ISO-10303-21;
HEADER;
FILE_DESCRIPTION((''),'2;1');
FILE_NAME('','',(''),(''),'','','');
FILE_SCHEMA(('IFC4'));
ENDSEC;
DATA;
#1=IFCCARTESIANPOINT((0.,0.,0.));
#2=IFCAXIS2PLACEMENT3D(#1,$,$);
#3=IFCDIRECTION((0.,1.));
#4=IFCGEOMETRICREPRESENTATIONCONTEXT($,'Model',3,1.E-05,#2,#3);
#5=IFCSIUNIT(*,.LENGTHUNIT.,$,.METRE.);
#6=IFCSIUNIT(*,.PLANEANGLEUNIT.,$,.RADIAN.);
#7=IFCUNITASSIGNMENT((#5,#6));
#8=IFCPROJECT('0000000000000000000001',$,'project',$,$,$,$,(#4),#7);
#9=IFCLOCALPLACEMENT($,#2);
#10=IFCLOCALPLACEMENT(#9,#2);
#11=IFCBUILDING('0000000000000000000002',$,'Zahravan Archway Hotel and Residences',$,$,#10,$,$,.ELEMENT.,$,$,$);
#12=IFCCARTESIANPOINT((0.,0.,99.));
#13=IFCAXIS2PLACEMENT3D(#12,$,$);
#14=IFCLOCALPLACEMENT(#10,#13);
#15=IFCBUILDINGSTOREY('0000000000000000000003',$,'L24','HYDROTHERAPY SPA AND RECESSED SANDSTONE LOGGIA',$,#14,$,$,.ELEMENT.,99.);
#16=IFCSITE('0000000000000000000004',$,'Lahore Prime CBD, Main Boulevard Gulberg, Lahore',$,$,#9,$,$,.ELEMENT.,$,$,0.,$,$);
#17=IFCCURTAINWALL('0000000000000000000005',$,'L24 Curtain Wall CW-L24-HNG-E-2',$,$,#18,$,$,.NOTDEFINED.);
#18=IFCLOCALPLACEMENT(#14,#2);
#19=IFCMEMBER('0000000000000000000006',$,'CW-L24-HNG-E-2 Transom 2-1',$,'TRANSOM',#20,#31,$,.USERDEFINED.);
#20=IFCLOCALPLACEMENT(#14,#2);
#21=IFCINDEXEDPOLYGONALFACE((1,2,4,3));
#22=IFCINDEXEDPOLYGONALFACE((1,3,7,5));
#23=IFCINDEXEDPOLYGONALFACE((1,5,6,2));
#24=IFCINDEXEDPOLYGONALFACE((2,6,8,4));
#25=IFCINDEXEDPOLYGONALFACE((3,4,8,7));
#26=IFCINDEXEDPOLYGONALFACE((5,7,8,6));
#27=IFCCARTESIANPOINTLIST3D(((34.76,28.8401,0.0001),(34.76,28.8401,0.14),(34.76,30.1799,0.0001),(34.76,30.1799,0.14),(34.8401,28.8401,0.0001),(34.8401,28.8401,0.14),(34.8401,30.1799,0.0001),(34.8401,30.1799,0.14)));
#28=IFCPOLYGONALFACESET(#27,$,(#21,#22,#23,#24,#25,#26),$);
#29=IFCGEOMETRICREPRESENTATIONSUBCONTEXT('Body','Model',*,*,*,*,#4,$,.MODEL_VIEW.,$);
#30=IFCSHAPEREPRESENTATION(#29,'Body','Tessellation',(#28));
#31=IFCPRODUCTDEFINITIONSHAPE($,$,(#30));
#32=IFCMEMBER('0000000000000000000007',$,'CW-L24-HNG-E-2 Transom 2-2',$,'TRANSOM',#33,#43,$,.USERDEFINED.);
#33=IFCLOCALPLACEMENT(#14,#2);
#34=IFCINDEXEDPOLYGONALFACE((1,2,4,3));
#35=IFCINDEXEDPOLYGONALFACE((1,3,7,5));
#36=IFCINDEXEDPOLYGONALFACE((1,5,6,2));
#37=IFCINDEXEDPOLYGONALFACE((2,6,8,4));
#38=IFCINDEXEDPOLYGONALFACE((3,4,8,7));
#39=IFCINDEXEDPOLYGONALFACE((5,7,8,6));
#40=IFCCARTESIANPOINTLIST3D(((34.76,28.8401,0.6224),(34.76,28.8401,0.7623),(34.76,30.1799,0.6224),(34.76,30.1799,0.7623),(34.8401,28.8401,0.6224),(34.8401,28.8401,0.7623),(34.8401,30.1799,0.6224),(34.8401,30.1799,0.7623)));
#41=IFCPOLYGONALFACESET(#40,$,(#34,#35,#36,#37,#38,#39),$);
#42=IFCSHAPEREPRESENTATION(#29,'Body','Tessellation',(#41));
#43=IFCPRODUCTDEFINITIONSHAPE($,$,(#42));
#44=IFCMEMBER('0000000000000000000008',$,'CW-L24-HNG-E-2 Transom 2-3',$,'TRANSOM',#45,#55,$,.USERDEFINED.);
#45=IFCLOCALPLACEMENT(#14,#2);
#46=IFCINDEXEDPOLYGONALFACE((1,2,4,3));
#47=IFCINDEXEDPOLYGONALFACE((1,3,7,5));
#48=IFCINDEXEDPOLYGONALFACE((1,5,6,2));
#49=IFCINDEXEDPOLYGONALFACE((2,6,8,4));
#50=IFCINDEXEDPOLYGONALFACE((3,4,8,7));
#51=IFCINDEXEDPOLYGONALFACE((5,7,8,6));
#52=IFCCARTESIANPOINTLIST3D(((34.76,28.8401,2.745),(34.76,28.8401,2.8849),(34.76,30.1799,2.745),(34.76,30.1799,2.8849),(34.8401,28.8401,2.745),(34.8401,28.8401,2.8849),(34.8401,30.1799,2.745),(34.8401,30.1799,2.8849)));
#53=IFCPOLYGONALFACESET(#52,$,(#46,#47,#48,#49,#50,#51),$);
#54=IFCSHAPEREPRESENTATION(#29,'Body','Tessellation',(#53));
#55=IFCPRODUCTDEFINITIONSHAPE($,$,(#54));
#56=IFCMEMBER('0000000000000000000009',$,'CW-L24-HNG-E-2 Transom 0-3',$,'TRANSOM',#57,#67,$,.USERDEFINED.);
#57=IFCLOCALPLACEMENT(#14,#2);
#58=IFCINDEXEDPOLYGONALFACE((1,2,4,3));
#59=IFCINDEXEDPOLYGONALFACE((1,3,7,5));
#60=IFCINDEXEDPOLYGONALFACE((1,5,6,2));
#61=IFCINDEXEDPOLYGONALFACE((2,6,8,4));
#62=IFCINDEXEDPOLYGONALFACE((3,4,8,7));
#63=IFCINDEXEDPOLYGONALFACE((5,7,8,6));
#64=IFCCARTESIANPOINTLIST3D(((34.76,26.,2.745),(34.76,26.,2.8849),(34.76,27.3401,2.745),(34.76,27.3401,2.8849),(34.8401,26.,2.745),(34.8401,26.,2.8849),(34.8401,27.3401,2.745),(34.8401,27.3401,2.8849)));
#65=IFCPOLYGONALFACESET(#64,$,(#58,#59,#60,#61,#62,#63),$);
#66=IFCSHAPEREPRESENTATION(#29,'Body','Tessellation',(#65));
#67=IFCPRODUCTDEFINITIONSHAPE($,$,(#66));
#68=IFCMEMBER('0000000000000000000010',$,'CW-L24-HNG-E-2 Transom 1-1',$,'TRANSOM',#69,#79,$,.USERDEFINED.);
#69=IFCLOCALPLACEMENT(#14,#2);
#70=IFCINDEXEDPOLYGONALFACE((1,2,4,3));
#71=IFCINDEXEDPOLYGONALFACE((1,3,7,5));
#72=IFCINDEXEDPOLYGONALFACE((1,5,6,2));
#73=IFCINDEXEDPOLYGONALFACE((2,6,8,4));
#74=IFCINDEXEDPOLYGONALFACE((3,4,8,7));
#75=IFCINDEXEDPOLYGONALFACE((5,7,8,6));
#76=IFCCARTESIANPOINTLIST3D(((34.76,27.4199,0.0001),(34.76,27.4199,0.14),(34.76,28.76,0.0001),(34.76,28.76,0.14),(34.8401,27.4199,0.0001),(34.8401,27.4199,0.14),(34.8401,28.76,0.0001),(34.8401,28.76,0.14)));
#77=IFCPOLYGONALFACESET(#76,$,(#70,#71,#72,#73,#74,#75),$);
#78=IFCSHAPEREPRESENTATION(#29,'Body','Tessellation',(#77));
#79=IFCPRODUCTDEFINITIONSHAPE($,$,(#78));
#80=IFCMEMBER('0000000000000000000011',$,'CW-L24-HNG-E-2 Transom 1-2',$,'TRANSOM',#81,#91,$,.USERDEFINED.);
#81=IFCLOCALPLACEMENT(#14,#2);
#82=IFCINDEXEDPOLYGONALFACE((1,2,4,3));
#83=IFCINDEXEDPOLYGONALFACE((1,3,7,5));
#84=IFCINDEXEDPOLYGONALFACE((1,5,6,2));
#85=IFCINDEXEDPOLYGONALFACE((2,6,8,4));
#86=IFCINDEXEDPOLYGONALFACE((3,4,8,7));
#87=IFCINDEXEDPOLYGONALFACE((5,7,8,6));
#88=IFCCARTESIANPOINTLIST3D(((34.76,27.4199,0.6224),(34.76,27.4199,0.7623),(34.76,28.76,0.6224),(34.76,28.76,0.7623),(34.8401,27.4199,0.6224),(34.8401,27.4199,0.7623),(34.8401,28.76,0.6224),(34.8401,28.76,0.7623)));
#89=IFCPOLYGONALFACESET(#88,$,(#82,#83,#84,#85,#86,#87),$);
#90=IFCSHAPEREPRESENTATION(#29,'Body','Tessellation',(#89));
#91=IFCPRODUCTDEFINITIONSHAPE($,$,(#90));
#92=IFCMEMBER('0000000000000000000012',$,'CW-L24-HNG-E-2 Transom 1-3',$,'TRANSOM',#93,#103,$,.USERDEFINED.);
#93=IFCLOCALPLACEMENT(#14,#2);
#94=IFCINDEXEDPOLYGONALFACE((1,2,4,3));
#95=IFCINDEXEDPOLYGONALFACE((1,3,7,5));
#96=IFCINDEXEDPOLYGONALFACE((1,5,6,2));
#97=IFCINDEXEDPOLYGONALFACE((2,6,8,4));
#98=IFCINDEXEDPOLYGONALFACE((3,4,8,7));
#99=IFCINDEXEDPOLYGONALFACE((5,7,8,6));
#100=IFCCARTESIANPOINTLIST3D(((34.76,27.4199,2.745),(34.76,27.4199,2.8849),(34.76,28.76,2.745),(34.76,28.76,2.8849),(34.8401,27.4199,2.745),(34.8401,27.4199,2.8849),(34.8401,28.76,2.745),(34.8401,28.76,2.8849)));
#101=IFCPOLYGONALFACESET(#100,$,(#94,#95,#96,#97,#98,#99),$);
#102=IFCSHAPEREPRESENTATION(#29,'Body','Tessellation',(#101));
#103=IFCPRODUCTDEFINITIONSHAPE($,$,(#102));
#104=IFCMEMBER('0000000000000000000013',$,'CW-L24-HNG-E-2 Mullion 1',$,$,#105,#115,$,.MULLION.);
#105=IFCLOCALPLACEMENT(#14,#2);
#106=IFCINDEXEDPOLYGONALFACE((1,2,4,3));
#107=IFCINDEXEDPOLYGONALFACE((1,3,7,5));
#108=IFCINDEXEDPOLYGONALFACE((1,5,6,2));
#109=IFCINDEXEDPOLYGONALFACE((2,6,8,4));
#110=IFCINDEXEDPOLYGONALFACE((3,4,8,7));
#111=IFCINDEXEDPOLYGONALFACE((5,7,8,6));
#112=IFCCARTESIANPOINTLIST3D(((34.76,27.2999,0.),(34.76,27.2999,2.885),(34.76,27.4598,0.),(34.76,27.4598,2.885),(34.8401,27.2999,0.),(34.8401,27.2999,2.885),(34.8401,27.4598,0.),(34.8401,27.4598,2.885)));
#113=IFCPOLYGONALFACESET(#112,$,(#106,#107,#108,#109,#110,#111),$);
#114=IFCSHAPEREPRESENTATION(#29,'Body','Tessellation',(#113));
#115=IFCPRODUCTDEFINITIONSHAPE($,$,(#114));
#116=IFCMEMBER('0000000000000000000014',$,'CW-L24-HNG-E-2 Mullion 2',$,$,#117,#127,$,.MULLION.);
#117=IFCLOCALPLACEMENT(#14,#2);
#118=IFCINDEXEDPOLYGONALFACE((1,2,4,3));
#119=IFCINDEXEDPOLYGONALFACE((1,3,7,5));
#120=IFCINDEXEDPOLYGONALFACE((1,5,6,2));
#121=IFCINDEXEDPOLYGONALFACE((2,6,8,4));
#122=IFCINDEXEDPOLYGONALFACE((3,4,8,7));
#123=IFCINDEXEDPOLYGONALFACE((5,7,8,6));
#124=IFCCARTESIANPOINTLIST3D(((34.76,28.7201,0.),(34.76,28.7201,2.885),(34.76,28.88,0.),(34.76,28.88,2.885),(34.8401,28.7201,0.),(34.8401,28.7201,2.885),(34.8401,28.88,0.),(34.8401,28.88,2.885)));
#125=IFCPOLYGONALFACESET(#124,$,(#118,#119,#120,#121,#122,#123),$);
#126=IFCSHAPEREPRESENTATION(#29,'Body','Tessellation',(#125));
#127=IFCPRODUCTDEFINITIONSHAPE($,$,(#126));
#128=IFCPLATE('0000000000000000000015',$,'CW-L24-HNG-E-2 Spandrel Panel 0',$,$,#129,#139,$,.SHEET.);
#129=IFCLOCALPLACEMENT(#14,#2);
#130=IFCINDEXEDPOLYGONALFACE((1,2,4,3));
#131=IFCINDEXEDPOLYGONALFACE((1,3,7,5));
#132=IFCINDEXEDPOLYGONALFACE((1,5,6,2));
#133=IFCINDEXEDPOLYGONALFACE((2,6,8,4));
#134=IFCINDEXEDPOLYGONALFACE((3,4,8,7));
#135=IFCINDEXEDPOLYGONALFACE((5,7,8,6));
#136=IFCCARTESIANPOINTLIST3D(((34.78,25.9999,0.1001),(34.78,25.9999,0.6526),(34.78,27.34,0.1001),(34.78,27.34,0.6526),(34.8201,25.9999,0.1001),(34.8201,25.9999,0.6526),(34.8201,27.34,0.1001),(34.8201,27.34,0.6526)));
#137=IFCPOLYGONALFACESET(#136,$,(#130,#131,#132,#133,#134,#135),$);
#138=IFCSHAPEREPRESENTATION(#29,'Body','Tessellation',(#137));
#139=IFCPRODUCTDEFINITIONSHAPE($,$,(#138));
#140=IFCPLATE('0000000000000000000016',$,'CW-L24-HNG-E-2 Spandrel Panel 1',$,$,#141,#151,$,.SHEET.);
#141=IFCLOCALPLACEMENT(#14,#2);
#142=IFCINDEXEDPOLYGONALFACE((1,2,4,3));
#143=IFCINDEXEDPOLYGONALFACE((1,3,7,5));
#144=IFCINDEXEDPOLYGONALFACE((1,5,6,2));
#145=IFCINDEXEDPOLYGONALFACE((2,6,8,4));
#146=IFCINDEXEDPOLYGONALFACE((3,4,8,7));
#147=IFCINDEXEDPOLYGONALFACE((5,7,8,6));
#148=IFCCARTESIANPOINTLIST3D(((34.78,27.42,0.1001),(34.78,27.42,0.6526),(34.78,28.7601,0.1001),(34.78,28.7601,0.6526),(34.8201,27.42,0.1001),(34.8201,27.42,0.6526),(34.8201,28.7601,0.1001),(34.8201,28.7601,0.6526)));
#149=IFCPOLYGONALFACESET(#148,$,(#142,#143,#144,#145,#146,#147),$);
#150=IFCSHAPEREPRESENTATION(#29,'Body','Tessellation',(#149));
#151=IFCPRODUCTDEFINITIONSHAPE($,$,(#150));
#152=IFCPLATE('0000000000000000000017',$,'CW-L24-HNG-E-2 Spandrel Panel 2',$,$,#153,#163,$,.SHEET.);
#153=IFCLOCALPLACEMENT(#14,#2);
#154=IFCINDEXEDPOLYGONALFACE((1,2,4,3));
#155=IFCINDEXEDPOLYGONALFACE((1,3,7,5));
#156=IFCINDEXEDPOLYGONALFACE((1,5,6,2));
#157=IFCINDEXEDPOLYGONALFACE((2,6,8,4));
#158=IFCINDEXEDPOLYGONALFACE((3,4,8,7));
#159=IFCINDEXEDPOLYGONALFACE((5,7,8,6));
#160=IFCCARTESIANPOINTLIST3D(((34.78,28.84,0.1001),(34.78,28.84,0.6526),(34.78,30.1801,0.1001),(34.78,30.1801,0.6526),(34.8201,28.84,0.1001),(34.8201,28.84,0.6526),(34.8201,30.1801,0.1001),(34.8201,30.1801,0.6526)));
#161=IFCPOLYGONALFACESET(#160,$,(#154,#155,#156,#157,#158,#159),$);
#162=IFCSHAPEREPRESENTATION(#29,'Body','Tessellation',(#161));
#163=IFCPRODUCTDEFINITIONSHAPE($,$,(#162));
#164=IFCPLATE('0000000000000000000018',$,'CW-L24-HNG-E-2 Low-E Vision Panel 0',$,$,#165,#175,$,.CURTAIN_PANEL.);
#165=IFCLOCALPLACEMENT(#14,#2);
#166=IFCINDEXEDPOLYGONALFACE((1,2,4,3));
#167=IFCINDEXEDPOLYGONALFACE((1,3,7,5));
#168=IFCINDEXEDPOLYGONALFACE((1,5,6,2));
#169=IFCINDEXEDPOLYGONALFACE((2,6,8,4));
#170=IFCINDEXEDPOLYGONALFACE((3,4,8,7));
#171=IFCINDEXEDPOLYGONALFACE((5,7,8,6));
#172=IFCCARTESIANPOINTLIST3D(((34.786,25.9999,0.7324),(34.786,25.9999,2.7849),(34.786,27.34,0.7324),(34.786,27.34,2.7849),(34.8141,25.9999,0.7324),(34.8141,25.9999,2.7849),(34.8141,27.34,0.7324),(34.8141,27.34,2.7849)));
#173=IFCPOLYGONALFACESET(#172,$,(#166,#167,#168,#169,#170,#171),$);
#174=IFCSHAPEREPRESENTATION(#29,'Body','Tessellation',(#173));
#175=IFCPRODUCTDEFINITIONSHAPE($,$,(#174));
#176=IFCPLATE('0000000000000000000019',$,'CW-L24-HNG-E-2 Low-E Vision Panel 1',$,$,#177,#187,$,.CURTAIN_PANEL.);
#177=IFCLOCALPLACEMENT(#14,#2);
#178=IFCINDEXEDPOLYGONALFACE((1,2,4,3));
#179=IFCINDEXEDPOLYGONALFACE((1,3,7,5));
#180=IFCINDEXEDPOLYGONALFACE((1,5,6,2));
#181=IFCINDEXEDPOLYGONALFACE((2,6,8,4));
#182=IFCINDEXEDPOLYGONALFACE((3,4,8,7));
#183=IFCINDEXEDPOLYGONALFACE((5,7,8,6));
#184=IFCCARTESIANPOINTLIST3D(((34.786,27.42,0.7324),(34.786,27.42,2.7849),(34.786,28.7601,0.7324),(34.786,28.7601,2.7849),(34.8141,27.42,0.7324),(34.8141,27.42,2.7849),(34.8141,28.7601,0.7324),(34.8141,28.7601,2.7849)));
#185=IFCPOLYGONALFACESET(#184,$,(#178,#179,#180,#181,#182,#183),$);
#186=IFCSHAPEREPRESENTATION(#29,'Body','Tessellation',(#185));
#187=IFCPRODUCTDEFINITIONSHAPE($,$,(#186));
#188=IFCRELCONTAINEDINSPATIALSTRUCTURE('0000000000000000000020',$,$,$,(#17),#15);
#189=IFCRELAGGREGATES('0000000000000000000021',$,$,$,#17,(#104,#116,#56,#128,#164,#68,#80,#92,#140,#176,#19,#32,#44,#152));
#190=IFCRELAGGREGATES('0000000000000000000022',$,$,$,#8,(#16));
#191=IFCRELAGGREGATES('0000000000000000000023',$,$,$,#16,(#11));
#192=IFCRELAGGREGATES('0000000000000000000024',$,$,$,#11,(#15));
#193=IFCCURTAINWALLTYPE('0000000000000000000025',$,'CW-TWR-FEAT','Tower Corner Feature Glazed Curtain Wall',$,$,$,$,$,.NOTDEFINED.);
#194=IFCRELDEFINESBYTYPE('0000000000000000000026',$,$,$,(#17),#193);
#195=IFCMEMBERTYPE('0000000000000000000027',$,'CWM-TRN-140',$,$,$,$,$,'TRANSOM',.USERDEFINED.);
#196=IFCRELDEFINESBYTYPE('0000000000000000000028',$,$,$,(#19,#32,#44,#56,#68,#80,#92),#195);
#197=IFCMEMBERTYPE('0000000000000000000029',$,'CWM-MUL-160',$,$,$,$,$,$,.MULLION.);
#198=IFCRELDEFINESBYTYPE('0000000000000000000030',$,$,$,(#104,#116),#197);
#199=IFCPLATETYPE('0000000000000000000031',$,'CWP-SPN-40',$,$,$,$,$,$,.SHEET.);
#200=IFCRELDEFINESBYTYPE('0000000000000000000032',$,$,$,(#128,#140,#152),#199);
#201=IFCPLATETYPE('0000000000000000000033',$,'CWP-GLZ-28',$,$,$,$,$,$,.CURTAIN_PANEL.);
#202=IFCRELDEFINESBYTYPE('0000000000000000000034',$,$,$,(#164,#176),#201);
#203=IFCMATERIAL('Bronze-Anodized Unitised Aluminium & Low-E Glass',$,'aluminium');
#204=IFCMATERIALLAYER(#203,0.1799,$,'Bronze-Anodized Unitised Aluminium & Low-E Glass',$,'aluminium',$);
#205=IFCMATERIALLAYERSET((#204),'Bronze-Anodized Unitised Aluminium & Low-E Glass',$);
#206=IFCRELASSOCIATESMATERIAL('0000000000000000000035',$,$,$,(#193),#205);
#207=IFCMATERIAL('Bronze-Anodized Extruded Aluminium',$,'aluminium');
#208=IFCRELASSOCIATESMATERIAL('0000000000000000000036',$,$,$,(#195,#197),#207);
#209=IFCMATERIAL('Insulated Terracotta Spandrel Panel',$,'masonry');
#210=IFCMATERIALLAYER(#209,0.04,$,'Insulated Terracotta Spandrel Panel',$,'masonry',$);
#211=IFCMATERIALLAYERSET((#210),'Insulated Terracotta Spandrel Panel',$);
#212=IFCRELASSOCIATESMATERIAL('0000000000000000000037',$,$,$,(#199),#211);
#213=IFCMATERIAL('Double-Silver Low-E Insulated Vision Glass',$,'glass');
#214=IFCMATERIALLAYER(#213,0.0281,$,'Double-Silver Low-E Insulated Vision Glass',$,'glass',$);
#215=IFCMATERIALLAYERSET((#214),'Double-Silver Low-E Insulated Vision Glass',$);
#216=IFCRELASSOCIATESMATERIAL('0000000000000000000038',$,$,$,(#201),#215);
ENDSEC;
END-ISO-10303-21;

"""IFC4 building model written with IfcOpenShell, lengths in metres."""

from ifc_helpers import new_model, si_unit, direction, frame, origin, origin_2d, place, context, subcontext, project, spatial, rectangle, extrude, source, transform, mapped, material, layer, layer_set, material_profile, profile_set, type_object, element, aggregate, save


model = new_model("IFC4")

# Units and contexts
model_context = context("Model", 3, precision=1e-05, world=origin(), true_north=direction((0.0, 1.0)))
body_context = subcontext(model_context, "Body", "Model", "MODEL_VIEW")
ifc_project = project(units=[si_unit("LENGTHUNIT", "METRE"), si_unit("PLANEANGLEUNIT", "RADIAN")], contexts=[model_context])

# Site, building, storey
site_placement = place(None, origin())
site = spatial("IfcSite", under=ifc_project, at=site_placement, Name="Lahore Prime CBD, Main Boulevard Gulberg, Lahore", CompositionType="ELEMENT", RefElevation=0.0)
building_placement = place(site_placement, origin())
building = spatial("IfcBuilding", under=site, at=building_placement, Name="Zahravan Archway Hotel and Residences", CompositionType="ELEMENT")
storey_placement = place(building_placement, frame((0.0, 0.0, 99.0)))
storey = spatial("IfcBuildingStorey", under=building, at=storey_placement, Name="L24", Description="HYDROTHERAPY SPA AND RECESSED SANDSTONE LOGGIA", CompositionType="ELEMENT", Elevation=99.0)

# Curtain wall, members, plates
ifc_material_1 = material(Name="Bronze-Anodized Unitised Aluminium & Low-E Glass", Category="aluminium")
ifc_layer_1 = layer(ifc_material_1, 0.1799, Name="Bronze-Anodized Unitised Aluminium & Low-E Glass", Category="aluminium")
ifc_layer_set_1 = layer_set([ifc_layer_1], Name="Bronze-Anodized Unitised Aluminium & Low-E Glass")
curtain_wall_type = type_object("IfcCurtainWallType", Name="CW-TWR-FEAT", Description="Tower Corner Feature Glazed Curtain Wall", PredefinedType="NOTDEFINED", material=ifc_layer_set_1)
curtain_wall_placement = place(storey_placement, origin())
curtain_wall = element("IfcCurtainWall", 1, at=curtain_wall_placement, inside=storey, type_object=curtain_wall_type, Name="L24 Curtain Wall CW-L24-HNG-E-2", PredefinedType="NOTDEFINED")
ifc_material_2 = material(Name="Bronze-Anodized Extruded Aluminium", Category="aluminium")
ifc_material_profile_1 = material_profile(ifc_material_2, rectangle(XDim=0.0801, YDim=0.1399, at=origin_2d()), Name="TRN 80x140", Category="aluminium")
ifc_profile_set_1 = profile_set([ifc_material_profile_1], Name="Bronze-Anodized Extruded Aluminium")
member_type_1 = type_object("IfcMemberType", Name="CWM-TRN-140", ElementType="TRANSOM", PredefinedType="USERDEFINED", material=ifc_profile_set_1)
shared_shape_1 = source(origin(), body_context, "Body", "SweptSolid", [
    extrude(rectangle(XDim=0.0801, YDim=0.1399, at=origin_2d()), origin(), (0.0, 0.0, 1.0), 1.3398),
])
member_1_placement = place(storey_placement, frame((34.8, 28.8401, 0.0701), z_axis=(0.0, 1.0, 0.0), x_axis=(-1.0, 0.0, 0.0)))
member_1 = element("IfcMember", 2, at=member_1_placement, type_object=member_type_1, Name="CW-L24-HNG-E-2 Transom 2-1", ObjectType="TRANSOM", PredefinedType="USERDEFINED", context=body_context, shape_type="MappedRepresentation", body=[
    mapped(shared_shape_1, transform((0.0, 0.0, 0.0), scale=1.0)),
])
member_2_placement = place(storey_placement, frame((34.8, 28.8401, 0.6924), z_axis=(0.0, 1.0, 0.0), x_axis=(-1.0, 0.0, 0.0)))
member_2 = element("IfcMember", 3, at=member_2_placement, type_object=member_type_1, Name="CW-L24-HNG-E-2 Transom 2-2", ObjectType="TRANSOM", PredefinedType="USERDEFINED", context=body_context, shape_type="MappedRepresentation", body=[
    mapped(shared_shape_1, transform((0.0, 0.0, 0.0), scale=1.0)),
])
member_3_placement = place(storey_placement, frame((34.8, 28.8401, 2.8149), z_axis=(0.0, 1.0, 0.0), x_axis=(-1.0, 0.0, 0.0)))
member_3 = element("IfcMember", 4, at=member_3_placement, type_object=member_type_1, Name="CW-L24-HNG-E-2 Transom 2-3", ObjectType="TRANSOM", PredefinedType="USERDEFINED", context=body_context, shape_type="MappedRepresentation", body=[
    mapped(shared_shape_1, transform((0.0, 0.0, 0.0), scale=1.0)),
])
shared_shape_2 = source(origin(), body_context, "Body", "SweptSolid", [
    extrude(rectangle(XDim=0.0801, YDim=0.1399, at=origin_2d()), origin(), (0.0, 0.0, 1.0), 1.3401),
])
member_4_placement = place(storey_placement, frame((34.8, 26.0, 2.8149), z_axis=(0.0, 1.0, 0.0), x_axis=(-1.0, 0.0, 0.0)))
member_4 = element("IfcMember", 5, at=member_4_placement, type_object=member_type_1, Name="CW-L24-HNG-E-2 Transom 0-3", ObjectType="TRANSOM", PredefinedType="USERDEFINED", context=body_context, shape_type="MappedRepresentation", body=[
    mapped(shared_shape_2, transform((0.0, 0.0, 0.0), scale=1.0)),
])
member_5_placement = place(storey_placement, frame((34.8, 27.4199, 0.0701), z_axis=(0.0, 1.0, 0.0), x_axis=(-1.0, 0.0, 0.0)))
member_5 = element("IfcMember", 6, at=member_5_placement, type_object=member_type_1, Name="CW-L24-HNG-E-2 Transom 1-1", ObjectType="TRANSOM", PredefinedType="USERDEFINED", context=body_context, shape_type="MappedRepresentation", body=[
    mapped(shared_shape_2, transform((0.0, 0.0, 0.0), scale=1.0)),
])
member_6_placement = place(storey_placement, frame((34.8, 27.4199, 0.6924), z_axis=(0.0, 1.0, 0.0), x_axis=(-1.0, 0.0, 0.0)))
member_6 = element("IfcMember", 7, at=member_6_placement, type_object=member_type_1, Name="CW-L24-HNG-E-2 Transom 1-2", ObjectType="TRANSOM", PredefinedType="USERDEFINED", context=body_context, shape_type="MappedRepresentation", body=[
    mapped(shared_shape_2, transform((0.0, 0.0, 0.0), scale=1.0)),
])
member_7_placement = place(storey_placement, frame((34.8, 27.4199, 2.8149), z_axis=(0.0, 1.0, 0.0), x_axis=(-1.0, 0.0, 0.0)))
member_7 = element("IfcMember", 8, at=member_7_placement, type_object=member_type_1, Name="CW-L24-HNG-E-2 Transom 1-3", ObjectType="TRANSOM", PredefinedType="USERDEFINED", context=body_context, shape_type="MappedRepresentation", body=[
    mapped(shared_shape_2, transform((0.0, 0.0, 0.0), scale=1.0)),
])
ifc_material_profile_2 = material_profile(ifc_material_2, rectangle(XDim=0.0801, YDim=0.1599, at=origin_2d()), Name="MUL 80x160", Category="aluminium")
ifc_profile_set_2 = profile_set([ifc_material_profile_2], Name="Bronze-Anodized Extruded Aluminium")
member_type_2 = type_object("IfcMemberType", Name="CWM-MUL-160", PredefinedType="MULLION", material=ifc_profile_set_2)
shared_shape_3 = source(origin(), body_context, "Body", "SweptSolid", [
    extrude(rectangle(XDim=0.0801, YDim=0.1599, at=origin_2d()), origin(), (0.0, 0.0, 1.0), 2.885),
])
member_8_placement = place(storey_placement, frame((34.8, 27.3799, 0.0), z_axis=(0.0, 0.0, 1.0), x_axis=(1.0, 0.0, 0.0)))
member_8 = element("IfcMember", 9, at=member_8_placement, type_object=member_type_2, Name="CW-L24-HNG-E-2 Mullion 1", PredefinedType="MULLION", context=body_context, shape_type="MappedRepresentation", body=[
    mapped(shared_shape_3, transform((0.0, 0.0, 0.0), scale=1.0)),
])
member_9_placement = place(storey_placement, frame((34.8, 28.8, 0.0), z_axis=(0.0, 0.0, 1.0), x_axis=(1.0, 0.0, 0.0)))
member_9 = element("IfcMember", 10, at=member_9_placement, type_object=member_type_2, Name="CW-L24-HNG-E-2 Mullion 2", PredefinedType="MULLION", context=body_context, shape_type="MappedRepresentation", body=[
    mapped(shared_shape_3, transform((0.0, 0.0, 0.0), scale=1.0)),
])
ifc_material_3 = material(Name="Insulated Terracotta Spandrel Panel", Category="masonry")
ifc_layer_2 = layer(ifc_material_3, 0.04, Name="Insulated Terracotta Spandrel Panel", Category="masonry")
ifc_layer_set_2 = layer_set([ifc_layer_2], Name="Insulated Terracotta Spandrel Panel")
plate_type_1 = type_object("IfcPlateType", Name="CWP-SPN-40", PredefinedType="SHEET", material=ifc_layer_set_2)
shared_shape_4 = source(origin(), body_context, "Body", "SweptSolid", [
    extrude(rectangle(XDim=1.3401, YDim=0.04, at=origin_2d()), origin(), (0.0, 0.0, 1.0), 0.5525),
])
plate_1_placement = place(storey_placement, frame((34.8, 26.6699, 0.1001), z_axis=(0.0, 0.0, 1.0), x_axis=(0.0, 1.0, 0.0)))
plate_1 = element("IfcPlate", 11, at=plate_1_placement, type_object=plate_type_1, Name="CW-L24-HNG-E-2 Spandrel Panel 0", PredefinedType="SHEET", context=body_context, shape_type="MappedRepresentation", body=[
    mapped(shared_shape_4, transform((0.0, 0.0, 0.0), scale=1.0)),
])
plate_2_placement = place(storey_placement, frame((34.8, 28.0901, 0.1001), z_axis=(0.0, 0.0, 1.0), x_axis=(0.0, 1.0, 0.0)))
plate_2 = element("IfcPlate", 12, at=plate_2_placement, type_object=plate_type_1, Name="CW-L24-HNG-E-2 Spandrel Panel 1", PredefinedType="SHEET", context=body_context, shape_type="MappedRepresentation", body=[
    mapped(shared_shape_4, transform((0.0, 0.0, 0.0), scale=1.0)),
])
plate_3_placement = place(storey_placement, frame((34.8, 29.51, 0.1001), z_axis=(0.0, 0.0, 1.0), x_axis=(0.0, 1.0, 0.0)))
plate_3 = element("IfcPlate", 13, at=plate_3_placement, type_object=plate_type_1, Name="CW-L24-HNG-E-2 Spandrel Panel 2", PredefinedType="SHEET", context=body_context, shape_type="MappedRepresentation", body=[
    mapped(shared_shape_4, transform((0.0, 0.0, 0.0), scale=1.0)),
])
ifc_material_4 = material(Name="Double-Silver Low-E Insulated Vision Glass", Category="glass")
ifc_layer_3 = layer(ifc_material_4, 0.0281, Name="Double-Silver Low-E Insulated Vision Glass", Category="glass")
ifc_layer_set_3 = layer_set([ifc_layer_3], Name="Double-Silver Low-E Insulated Vision Glass")
plate_type_2 = type_object("IfcPlateType", Name="CWP-GLZ-28", PredefinedType="CURTAIN_PANEL", material=ifc_layer_set_3)
shared_shape_5 = source(origin(), body_context, "Body", "SweptSolid", [
    extrude(rectangle(XDim=1.3401, YDim=0.0281, at=origin_2d()), origin(), (0.0, 0.0, 1.0), 2.0525),
])
plate_4_placement = place(storey_placement, frame((34.8, 26.6699, 0.7324), z_axis=(0.0, 0.0, 1.0), x_axis=(0.0, 1.0, 0.0)))
plate_4 = element("IfcPlate", 14, at=plate_4_placement, type_object=plate_type_2, Name="CW-L24-HNG-E-2 Low-E Vision Panel 0", PredefinedType="CURTAIN_PANEL", context=body_context, shape_type="MappedRepresentation", body=[
    mapped(shared_shape_5, transform((0.0, 0.0, 0.0), scale=1.0)),
])
plate_5_placement = place(storey_placement, frame((34.8, 28.0901, 0.7324), z_axis=(0.0, 0.0, 1.0), x_axis=(0.0, 1.0, 0.0)))
plate_5 = element("IfcPlate", 15, at=plate_5_placement, type_object=plate_type_2, Name="CW-L24-HNG-E-2 Low-E Vision Panel 1", PredefinedType="CURTAIN_PANEL", context=body_context, shape_type="MappedRepresentation", body=[
    mapped(shared_shape_5, transform((0.0, 0.0, 0.0), scale=1.0)),
])
aggregate(curtain_wall, [member_8, member_9, member_4, plate_1, plate_4, member_5, member_6, member_7, plate_2, plate_5, member_1, member_2, member_3, plate_3])

save(model, "model.ifc")
